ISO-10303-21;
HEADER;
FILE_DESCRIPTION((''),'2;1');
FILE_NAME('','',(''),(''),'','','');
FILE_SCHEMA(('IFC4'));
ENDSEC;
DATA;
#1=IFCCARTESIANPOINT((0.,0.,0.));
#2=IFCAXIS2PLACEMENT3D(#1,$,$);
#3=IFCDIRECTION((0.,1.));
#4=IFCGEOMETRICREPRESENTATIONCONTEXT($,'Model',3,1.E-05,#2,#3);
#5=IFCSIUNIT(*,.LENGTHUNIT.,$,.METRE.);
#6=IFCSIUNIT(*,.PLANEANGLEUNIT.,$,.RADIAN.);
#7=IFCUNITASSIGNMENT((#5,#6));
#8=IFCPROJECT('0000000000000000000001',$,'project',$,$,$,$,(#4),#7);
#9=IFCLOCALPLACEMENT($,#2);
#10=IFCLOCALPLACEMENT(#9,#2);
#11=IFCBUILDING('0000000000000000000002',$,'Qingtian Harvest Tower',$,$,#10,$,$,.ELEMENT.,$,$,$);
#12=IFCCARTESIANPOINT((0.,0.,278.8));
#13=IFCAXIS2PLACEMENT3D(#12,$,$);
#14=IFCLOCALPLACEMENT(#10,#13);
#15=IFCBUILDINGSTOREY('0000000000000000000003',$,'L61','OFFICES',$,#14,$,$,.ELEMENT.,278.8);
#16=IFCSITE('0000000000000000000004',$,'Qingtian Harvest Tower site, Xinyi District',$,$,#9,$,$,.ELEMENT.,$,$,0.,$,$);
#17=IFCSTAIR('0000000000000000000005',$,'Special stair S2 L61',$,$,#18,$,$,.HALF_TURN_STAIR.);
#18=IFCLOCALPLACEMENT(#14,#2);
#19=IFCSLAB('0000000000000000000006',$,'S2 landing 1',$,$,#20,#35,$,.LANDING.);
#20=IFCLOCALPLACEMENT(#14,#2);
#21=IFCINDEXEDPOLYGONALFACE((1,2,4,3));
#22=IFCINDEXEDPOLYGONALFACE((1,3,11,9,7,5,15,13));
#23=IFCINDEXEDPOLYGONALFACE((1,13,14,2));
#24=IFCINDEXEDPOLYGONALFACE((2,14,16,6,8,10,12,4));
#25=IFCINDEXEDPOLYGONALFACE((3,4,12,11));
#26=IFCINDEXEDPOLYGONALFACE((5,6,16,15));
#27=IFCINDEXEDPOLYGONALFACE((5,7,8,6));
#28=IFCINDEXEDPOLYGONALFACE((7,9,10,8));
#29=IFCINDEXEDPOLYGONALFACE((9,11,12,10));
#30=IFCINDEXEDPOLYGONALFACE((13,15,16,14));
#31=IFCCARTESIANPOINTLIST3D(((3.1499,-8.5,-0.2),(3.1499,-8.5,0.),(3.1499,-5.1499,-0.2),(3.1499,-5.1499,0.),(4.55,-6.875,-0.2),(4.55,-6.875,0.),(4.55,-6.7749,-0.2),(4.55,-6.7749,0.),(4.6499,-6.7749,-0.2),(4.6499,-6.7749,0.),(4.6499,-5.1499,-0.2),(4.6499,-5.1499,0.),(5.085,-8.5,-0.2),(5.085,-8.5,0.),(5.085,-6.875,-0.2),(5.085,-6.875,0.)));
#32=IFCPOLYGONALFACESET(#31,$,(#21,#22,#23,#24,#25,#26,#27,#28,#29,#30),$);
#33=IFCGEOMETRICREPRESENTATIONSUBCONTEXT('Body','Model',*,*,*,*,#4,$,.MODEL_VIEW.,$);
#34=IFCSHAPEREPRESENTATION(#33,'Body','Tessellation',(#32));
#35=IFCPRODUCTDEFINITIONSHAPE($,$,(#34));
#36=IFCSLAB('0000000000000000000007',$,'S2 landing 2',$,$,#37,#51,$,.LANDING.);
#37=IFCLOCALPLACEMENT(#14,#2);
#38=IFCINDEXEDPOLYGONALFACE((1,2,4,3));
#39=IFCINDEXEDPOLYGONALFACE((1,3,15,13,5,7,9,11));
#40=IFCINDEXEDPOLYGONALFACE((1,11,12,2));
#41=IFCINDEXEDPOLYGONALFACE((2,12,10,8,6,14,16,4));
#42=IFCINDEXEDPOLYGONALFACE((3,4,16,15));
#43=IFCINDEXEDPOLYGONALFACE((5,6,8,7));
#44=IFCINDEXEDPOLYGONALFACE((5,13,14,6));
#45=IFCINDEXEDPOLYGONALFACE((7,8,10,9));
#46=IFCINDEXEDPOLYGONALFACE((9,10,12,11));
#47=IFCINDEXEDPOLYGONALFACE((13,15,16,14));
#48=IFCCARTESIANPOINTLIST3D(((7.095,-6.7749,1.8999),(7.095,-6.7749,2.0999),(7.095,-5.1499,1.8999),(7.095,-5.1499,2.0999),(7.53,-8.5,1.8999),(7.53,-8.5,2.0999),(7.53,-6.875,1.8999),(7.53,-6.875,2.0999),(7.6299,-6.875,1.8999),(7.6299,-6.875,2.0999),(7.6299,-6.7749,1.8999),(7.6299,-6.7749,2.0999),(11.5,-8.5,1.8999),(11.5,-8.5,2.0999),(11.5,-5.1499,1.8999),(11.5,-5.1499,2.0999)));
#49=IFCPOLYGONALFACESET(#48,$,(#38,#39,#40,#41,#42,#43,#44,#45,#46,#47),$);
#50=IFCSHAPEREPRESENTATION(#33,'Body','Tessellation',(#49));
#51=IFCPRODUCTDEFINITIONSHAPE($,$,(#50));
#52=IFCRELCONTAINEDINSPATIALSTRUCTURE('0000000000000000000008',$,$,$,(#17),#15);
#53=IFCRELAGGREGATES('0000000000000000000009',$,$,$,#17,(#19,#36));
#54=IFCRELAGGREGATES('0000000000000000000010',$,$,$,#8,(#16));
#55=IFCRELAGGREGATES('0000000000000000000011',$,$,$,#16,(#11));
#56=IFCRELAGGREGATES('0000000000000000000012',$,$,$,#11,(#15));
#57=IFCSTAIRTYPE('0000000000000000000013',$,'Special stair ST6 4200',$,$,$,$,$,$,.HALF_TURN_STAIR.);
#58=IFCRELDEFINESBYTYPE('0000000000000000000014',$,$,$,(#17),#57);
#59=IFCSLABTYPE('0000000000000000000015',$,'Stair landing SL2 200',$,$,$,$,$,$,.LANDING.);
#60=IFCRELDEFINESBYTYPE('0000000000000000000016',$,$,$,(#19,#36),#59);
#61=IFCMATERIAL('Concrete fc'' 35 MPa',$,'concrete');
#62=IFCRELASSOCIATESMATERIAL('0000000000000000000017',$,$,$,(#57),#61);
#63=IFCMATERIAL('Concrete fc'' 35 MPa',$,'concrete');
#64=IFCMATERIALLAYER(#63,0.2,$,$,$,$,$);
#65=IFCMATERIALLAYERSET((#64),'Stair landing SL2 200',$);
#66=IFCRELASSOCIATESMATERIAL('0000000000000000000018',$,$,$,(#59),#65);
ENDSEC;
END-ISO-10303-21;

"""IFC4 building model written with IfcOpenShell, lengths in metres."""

from ifc_helpers import new_model, si_unit, direction, frame, origin, place, context, subcontext, project, spatial, polyline, outline, extrude, material, layer, layer_set, type_object, element, aggregate, save


model = new_model("IFC4")

# Units and contexts
model_context = context("Model", 3, precision=1e-05, world=origin(), true_north=direction((0.0, 1.0)))
body_context = subcontext(model_context, "Body", "Model", "MODEL_VIEW")
ifc_project = project(units=[si_unit("LENGTHUNIT", "METRE"), si_unit("PLANEANGLEUNIT", "RADIAN")], contexts=[model_context])

# Site, building, storey
site_placement = place(None, origin())
site = spatial("IfcSite", under=ifc_project, at=site_placement, Name="Qingtian Harvest Tower site, Xinyi District", CompositionType="ELEMENT", RefElevation=0.0)
building_placement = place(site_placement, origin())
building = spatial("IfcBuilding", under=site, at=building_placement, Name="Qingtian Harvest Tower", CompositionType="ELEMENT")
storey_placement = place(building_placement, frame((0.0, 0.0, 278.8)))
storey = spatial("IfcBuildingStorey", under=building, at=storey_placement, Name="L61", Description="OFFICES", CompositionType="ELEMENT", Elevation=278.8)

# Stair, slabs
ifc_material_1 = material(Name="Concrete fc' 35 MPa", Category="concrete")
stair_type = type_object("IfcStairType", Name="Special stair ST6 4200", PredefinedType="HALF_TURN_STAIR", material=ifc_material_1)
stair_placement = place(storey_placement, origin())
stair = element("IfcStair", 1, at=stair_placement, inside=storey, type_object=stair_type, Name="Special stair S2 L61", PredefinedType="HALF_TURN_STAIR")
ifc_material_2 = material(Name="Concrete fc' 35 MPa", Category="concrete")
ifc_layer_1 = layer(ifc_material_2, 0.2)
ifc_layer_set_1 = layer_set([ifc_layer_1], Name="Stair landing SL2 200")
slab_type_1 = type_object("IfcSlabType", Name="Stair landing SL2 200", PredefinedType="LANDING", material=ifc_layer_set_1)
slab_1_placement = place(storey_placement, frame((0.0, 0.0, -0.2)))
slab_1 = element("IfcSlab", 2, at=slab_1_placement, type_object=slab_type_1, Name="S2 landing 1", PredefinedType="LANDING", context=body_context, shape_type="SweptSolid", body=[
    extrude(outline(polyline([(5.085, -8.5), (3.1499, -8.5), (3.1499, -5.1499), (4.6499, -5.1499), (4.6499, -6.7749), (4.55, -6.7749), (4.55, -6.875), (5.085, -6.875), (5.085, -8.5)])), origin(), (0.0, 0.0, 1.0), 0.2),
])
slab_2_placement = place(storey_placement, frame((0.0, 0.0, 1.8999)))
slab_2 = element("IfcSlab", 3, at=slab_2_placement, type_object=slab_type_1, Name="S2 landing 2", PredefinedType="LANDING", context=body_context, shape_type="SweptSolid", body=[
    extrude(outline(polyline([(7.53, -8.5), (7.53, -6.875), (7.6299, -6.875), (7.6299, -6.7749), (7.095, -6.7749), (7.095, -5.1499), (11.5, -5.1499), (11.5, -8.5), (7.53, -8.5)])), origin(), (0.0, 0.0, 1.0), 0.2),
])
aggregate(stair, [slab_1, slab_2])

save(model, "model.ifc")
